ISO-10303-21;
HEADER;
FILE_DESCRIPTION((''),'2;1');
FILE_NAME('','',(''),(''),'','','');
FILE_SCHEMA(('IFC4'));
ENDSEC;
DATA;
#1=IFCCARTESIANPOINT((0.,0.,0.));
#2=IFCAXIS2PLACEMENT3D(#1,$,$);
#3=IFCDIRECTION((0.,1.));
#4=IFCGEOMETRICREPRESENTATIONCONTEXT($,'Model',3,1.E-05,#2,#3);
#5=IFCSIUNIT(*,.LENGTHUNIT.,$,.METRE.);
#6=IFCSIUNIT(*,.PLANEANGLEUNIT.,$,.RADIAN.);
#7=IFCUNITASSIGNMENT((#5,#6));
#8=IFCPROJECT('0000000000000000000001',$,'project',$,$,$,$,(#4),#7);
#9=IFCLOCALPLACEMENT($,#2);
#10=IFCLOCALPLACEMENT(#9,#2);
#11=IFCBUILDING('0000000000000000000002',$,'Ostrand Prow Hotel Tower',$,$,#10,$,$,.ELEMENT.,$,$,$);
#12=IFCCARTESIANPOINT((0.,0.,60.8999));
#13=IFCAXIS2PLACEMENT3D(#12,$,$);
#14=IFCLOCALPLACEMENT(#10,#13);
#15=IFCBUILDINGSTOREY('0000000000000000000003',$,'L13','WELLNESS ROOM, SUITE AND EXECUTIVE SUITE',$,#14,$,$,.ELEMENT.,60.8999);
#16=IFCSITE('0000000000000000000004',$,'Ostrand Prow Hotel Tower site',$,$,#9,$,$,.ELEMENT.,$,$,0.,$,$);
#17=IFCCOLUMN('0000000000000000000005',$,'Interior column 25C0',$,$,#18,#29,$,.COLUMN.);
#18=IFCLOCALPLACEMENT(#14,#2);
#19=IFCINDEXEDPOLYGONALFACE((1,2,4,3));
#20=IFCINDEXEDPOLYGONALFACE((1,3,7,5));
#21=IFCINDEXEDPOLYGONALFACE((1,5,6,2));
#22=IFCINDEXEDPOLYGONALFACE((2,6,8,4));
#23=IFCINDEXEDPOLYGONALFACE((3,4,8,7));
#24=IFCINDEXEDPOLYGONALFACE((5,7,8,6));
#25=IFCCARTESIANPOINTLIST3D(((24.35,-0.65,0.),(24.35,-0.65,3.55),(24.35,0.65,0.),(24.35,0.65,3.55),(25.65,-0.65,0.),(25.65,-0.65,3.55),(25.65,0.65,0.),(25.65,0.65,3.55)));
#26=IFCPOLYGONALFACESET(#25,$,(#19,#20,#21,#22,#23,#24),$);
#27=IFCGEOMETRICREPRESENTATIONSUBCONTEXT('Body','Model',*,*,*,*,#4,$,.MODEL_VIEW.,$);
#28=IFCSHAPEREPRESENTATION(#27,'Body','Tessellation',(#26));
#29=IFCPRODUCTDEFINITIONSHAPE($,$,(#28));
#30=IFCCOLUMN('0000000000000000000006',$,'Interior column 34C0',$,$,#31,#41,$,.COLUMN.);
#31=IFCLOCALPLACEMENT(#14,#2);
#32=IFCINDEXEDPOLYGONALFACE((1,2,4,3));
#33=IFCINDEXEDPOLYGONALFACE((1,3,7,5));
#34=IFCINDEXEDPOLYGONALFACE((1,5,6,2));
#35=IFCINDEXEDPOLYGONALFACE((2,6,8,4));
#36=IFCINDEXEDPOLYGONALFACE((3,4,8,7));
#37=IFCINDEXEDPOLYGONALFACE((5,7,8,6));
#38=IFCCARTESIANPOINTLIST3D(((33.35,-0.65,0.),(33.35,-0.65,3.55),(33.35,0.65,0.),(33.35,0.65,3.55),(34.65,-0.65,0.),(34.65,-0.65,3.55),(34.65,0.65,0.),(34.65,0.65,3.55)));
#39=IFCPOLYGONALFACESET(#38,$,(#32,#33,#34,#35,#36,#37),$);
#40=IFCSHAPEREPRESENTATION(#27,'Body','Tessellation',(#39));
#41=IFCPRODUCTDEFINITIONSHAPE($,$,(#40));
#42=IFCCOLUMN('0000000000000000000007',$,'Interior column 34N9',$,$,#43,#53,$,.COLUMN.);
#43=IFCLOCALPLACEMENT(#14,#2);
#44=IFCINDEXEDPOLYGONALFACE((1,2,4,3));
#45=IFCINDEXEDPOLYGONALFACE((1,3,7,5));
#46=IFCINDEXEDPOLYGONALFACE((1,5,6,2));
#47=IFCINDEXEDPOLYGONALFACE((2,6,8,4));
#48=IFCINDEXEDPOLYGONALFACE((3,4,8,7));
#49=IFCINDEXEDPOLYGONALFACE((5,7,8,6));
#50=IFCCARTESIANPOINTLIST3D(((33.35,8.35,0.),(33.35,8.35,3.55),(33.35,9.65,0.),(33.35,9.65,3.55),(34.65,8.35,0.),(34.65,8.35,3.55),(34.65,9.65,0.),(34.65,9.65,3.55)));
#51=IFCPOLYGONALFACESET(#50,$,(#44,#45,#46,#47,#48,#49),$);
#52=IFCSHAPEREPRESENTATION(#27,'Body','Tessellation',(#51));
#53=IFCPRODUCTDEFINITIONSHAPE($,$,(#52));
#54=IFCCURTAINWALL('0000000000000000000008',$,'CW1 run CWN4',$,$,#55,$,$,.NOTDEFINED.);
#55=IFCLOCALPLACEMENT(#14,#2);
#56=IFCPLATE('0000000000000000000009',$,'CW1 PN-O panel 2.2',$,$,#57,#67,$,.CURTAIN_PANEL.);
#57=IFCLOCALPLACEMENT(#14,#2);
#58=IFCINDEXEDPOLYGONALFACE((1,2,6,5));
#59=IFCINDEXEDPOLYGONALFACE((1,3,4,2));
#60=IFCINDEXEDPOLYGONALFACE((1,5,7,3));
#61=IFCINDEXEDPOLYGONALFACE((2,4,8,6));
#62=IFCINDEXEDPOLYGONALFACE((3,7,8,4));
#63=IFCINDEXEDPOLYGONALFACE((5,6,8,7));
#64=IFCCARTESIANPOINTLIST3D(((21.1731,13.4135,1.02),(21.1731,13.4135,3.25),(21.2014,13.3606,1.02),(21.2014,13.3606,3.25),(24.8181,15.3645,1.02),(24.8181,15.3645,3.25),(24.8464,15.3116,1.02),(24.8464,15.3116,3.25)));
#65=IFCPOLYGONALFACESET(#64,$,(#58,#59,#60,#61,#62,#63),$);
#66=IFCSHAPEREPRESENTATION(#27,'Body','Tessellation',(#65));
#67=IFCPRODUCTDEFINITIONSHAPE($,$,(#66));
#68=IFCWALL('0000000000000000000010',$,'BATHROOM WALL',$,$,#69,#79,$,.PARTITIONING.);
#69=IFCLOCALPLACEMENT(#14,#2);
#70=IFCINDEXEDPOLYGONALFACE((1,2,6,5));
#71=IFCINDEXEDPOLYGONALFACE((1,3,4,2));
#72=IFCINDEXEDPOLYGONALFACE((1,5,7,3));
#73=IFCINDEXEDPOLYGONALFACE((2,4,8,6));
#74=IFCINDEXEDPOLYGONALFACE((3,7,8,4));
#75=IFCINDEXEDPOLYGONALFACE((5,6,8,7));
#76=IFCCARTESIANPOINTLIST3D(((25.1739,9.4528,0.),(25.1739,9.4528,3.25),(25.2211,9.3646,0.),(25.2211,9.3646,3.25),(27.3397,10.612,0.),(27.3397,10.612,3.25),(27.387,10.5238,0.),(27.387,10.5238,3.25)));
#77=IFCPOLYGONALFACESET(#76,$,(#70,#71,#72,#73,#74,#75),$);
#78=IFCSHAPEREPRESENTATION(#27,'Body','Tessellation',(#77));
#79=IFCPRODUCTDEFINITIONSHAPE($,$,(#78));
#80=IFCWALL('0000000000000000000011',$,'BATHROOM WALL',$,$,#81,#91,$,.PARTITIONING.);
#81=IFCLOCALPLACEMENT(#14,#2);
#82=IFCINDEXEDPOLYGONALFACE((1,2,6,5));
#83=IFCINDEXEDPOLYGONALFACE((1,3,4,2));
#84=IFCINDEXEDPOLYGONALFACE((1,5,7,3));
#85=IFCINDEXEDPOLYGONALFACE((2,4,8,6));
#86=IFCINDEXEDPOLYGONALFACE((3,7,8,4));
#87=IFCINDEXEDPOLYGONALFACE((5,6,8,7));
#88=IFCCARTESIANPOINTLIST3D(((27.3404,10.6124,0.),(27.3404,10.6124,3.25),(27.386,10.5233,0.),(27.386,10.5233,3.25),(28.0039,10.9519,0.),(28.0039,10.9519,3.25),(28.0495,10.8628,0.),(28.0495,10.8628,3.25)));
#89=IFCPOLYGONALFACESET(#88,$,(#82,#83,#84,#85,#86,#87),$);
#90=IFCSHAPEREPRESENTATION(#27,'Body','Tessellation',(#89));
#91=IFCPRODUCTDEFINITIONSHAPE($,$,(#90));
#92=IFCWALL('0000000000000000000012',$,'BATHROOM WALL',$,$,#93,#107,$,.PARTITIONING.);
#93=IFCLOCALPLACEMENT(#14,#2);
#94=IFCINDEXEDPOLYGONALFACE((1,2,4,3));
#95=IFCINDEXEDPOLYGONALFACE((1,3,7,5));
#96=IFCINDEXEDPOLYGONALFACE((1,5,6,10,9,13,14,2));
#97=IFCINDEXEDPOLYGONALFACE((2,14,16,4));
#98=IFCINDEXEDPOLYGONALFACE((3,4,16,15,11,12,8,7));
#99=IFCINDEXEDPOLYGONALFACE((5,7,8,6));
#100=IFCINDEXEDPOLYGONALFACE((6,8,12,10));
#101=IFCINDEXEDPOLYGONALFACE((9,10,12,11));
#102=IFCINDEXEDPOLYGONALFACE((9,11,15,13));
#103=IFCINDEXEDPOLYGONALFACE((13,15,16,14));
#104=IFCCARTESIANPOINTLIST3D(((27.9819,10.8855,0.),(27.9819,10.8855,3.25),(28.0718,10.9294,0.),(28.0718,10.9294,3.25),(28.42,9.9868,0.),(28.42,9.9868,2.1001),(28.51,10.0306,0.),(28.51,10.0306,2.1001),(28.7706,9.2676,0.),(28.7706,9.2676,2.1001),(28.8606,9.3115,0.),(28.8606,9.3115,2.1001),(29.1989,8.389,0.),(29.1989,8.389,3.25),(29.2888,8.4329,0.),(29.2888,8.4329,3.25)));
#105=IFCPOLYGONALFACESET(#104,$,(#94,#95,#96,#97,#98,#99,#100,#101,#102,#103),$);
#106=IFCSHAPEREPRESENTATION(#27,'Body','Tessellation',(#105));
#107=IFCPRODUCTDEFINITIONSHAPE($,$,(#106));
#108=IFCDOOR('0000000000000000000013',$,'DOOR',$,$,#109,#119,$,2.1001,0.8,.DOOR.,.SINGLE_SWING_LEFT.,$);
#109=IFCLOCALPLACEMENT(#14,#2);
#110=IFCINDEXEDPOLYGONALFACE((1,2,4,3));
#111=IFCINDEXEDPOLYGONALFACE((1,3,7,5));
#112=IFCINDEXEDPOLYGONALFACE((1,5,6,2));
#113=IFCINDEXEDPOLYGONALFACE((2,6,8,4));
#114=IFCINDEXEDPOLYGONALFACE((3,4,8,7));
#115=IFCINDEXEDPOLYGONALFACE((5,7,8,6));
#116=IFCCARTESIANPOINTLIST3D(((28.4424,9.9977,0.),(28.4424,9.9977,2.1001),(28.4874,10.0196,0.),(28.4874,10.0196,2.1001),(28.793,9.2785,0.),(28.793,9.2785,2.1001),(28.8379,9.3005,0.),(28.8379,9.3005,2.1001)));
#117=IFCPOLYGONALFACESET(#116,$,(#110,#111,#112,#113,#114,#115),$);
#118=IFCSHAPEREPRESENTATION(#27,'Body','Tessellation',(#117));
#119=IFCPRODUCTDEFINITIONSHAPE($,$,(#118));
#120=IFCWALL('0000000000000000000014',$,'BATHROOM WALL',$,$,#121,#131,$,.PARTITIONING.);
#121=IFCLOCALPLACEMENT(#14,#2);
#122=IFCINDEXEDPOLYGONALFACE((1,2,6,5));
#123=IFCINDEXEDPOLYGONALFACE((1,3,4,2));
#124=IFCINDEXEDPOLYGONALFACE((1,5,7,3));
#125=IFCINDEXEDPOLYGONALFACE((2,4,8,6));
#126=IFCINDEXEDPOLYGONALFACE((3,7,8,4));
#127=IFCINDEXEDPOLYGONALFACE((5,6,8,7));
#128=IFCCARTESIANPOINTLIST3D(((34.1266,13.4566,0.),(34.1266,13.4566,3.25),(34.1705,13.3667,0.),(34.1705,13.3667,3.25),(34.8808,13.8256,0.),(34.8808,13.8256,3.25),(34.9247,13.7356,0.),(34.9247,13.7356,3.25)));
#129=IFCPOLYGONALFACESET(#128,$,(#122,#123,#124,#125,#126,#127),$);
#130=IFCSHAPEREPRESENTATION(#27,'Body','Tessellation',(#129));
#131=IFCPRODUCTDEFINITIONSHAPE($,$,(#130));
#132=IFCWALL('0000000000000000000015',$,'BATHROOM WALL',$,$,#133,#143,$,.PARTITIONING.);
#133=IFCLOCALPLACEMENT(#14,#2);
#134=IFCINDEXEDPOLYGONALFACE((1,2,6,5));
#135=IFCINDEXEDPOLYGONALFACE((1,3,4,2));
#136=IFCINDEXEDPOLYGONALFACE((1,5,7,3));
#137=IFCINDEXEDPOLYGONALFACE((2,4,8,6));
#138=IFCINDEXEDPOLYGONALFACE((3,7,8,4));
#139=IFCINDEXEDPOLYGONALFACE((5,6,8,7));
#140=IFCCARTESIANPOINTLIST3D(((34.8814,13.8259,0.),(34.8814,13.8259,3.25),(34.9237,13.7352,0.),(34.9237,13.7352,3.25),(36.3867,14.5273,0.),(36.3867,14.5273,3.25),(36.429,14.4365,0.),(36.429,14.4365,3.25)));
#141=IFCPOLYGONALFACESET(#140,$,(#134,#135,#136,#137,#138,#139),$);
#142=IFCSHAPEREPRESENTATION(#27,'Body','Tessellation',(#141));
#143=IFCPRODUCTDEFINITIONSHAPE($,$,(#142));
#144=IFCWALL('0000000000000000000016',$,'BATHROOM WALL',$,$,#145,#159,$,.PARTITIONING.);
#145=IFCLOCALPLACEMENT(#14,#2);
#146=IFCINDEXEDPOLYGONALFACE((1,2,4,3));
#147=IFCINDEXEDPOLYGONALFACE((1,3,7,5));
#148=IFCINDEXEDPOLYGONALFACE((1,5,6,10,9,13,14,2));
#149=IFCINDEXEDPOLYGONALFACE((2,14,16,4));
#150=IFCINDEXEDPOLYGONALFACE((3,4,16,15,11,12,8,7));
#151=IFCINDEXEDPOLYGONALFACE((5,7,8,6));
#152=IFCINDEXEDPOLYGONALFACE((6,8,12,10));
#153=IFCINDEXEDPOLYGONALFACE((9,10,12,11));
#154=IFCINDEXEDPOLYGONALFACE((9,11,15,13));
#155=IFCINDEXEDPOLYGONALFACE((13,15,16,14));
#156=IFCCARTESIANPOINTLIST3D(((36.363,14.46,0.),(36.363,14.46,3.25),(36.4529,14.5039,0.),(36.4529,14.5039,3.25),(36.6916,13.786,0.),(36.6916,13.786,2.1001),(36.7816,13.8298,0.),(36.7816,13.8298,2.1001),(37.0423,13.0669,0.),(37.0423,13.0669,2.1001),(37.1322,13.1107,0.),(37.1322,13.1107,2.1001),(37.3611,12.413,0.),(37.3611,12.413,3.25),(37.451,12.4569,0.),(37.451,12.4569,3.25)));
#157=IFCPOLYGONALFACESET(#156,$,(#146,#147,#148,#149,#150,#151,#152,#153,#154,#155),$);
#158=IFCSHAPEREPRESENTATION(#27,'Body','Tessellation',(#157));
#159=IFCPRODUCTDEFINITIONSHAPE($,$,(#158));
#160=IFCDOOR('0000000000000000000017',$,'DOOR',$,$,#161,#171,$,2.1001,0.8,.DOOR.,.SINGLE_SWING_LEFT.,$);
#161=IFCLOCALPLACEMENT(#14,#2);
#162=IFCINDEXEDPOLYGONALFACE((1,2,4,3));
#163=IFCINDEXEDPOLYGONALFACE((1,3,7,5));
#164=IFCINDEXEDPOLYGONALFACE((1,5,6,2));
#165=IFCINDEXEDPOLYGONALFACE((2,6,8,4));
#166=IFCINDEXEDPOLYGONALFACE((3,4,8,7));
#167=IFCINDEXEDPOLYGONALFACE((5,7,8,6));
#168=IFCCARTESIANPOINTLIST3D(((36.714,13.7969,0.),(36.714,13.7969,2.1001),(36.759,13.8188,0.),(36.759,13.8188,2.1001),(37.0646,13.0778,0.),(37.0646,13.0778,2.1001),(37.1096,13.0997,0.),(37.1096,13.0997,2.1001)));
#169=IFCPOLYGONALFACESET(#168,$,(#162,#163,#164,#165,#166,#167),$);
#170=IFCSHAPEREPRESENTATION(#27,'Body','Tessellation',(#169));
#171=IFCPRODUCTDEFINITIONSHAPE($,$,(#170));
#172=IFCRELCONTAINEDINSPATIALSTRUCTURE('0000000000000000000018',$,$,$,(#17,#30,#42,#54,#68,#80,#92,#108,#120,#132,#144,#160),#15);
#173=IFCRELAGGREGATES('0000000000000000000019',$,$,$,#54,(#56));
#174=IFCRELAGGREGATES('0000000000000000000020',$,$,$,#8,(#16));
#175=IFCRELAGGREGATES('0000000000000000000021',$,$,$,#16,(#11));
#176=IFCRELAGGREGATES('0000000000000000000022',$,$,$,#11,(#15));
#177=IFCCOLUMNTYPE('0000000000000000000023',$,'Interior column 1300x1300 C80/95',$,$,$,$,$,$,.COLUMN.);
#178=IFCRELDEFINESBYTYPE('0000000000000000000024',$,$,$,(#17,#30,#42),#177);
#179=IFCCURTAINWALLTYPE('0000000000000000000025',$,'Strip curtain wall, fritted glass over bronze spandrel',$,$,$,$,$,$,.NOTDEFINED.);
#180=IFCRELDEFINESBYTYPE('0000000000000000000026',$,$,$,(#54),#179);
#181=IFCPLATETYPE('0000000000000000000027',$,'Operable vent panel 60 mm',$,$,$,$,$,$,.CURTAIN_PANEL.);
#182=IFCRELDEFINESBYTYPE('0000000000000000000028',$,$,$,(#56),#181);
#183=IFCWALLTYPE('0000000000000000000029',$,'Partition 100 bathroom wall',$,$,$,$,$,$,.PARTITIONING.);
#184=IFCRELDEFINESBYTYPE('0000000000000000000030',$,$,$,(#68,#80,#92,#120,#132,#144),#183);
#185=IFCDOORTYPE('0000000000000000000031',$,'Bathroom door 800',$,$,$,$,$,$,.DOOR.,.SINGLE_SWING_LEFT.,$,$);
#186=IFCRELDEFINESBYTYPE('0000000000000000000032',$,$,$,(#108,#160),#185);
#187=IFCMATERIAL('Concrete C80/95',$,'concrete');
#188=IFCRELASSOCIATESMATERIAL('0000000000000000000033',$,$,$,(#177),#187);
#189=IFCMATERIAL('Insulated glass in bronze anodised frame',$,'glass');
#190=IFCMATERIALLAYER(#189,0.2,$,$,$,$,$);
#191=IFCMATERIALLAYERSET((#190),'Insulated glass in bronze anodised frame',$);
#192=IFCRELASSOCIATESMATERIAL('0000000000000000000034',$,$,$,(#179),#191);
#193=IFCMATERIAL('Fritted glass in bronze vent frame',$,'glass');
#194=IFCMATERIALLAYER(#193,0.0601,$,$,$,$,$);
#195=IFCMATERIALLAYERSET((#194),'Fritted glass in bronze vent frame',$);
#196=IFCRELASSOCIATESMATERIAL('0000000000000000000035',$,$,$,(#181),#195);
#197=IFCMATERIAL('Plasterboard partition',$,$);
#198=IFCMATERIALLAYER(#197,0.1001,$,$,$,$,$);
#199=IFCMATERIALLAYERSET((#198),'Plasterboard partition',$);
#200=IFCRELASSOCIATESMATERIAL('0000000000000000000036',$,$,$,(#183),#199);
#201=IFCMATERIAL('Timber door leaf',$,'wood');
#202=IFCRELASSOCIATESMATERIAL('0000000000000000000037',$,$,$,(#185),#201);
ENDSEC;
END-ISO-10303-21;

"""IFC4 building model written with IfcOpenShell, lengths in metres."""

from ifc_helpers import new_model, si_unit, direction, frame, frame_2d, origin, origin_2d, place, context, subcontext, project, spatial, rectangle, extrude, material, layer, layer_set, material_profile, profile_set, type_object, element, fill, aggregate, save


model = new_model("IFC4")

# Units and contexts
model_context = context("Model", 3, precision=1e-05, world=origin(), true_north=direction((0.0, 1.0)))
body_context = subcontext(model_context, "Body", "Model", "MODEL_VIEW")
ifc_project = project(units=[si_unit("LENGTHUNIT", "METRE"), si_unit("PLANEANGLEUNIT", "RADIAN")], contexts=[model_context])

# Site, building, storey
site_placement = place(None, origin())
site = spatial("IfcSite", under=ifc_project, at=site_placement, Name="Ostrand Prow Hotel Tower site", CompositionType="ELEMENT", RefElevation=0.0)
building_placement = place(site_placement, origin())
building = spatial("IfcBuilding", under=site, at=building_placement, Name="Ostrand Prow Hotel Tower", CompositionType="ELEMENT")
storey_placement = place(building_placement, frame((0.0, 0.0, 60.8999)))
storey = spatial("IfcBuildingStorey", under=building, at=storey_placement, Name="L13", Description="WELLNESS ROOM, SUITE AND EXECUTIVE SUITE", CompositionType="ELEMENT", Elevation=60.8999)

# Columns
ifc_material_1 = material(Name="Concrete C80/95", Category="concrete")
ifc_material_profile = material_profile(ifc_material_1, rectangle(XDim=1.3, YDim=1.3, at=origin_2d()), Name="RC 1300x1300")
ifc_profile_set = profile_set([ifc_material_profile], Name="Concrete C80/95")
column_type = type_object("IfcColumnType", Name="Interior column 1300x1300 C80/95", PredefinedType="COLUMN", material=ifc_profile_set)
for number, where, z_axis, x_axis, name in (
    (1, (25.0, 0.0, 0.0), (0.0, 0.0, 1.0), (1.0, 0.0, 0.0), "Interior column 25C0"),
    (2, (34.0, 0.0, 0.0), (0.0, 0.0, 1.0), (1.0, 0.0, 0.0), "Interior column 34C0"),
    (3, (34.0, 9.0, 0.0), (0.0, 0.0, 1.0), (1.0, 0.0, 0.0), "Interior column 34N9"),
):
    element("IfcColumn", number, at=place(storey_placement, frame(where, z_axis=z_axis, x_axis=x_axis)), inside=storey, type_object=column_type, Name=name, PredefinedType="COLUMN", context=body_context, shape_type="SweptSolid", body=[
        extrude(rectangle(XDim=1.3, YDim=1.3, at=origin_2d()), origin(), (0.0, 0.0, 1.0), 3.55),
    ])

# Curtain wall, plate
ifc_material_2 = material(Name="Insulated glass in bronze anodised frame", Category="glass")
ifc_layer_1 = layer(ifc_material_2, 0.2)
ifc_layer_set_1 = layer_set([ifc_layer_1], Name="Insulated glass in bronze anodised frame")
curtain_wall_type = type_object("IfcCurtainWallType", Name="Strip curtain wall, fritted glass over bronze spandrel", PredefinedType="NOTDEFINED", material=ifc_layer_set_1)
curtain_wall_placement = place(storey_placement, origin())
curtain_wall = element("IfcCurtainWall", 4, at=curtain_wall_placement, inside=storey, type_object=curtain_wall_type, Name="CW1 run CWN4", PredefinedType="NOTDEFINED")
ifc_material_3 = material(Name="Fritted glass in bronze vent frame", Category="glass")
ifc_layer_2 = layer(ifc_material_3, 0.0601)
ifc_layer_set_2 = layer_set([ifc_layer_2], Name="Fritted glass in bronze vent frame")
plate_type = type_object("IfcPlateType", Name="Operable vent panel 60 mm", PredefinedType="CURTAIN_PANEL", material=ifc_layer_set_2)
plate_placement = place(storey_placement, frame((23.0098, 14.3625, 1.02), z_axis=(0.0, 0.0, 1.0), x_axis=(-0.881652, -0.4719, 0.0)))
plate = element("IfcPlate", 5, at=plate_placement, type_object=plate_type, Name="CW1 PN-O panel 2.2", PredefinedType="CURTAIN_PANEL", context=body_context, shape_type="SweptSolid", body=[
    extrude(rectangle(XDim=4.1343, YDim=0.0601, at=origin_2d()), origin(), (0.0, 0.0, 1.0), 2.23),
])
aggregate(curtain_wall, [plate])

# Walls
ifc_material_4 = material(Name="Plasterboard partition")
ifc_layer_3 = layer(ifc_material_4, 0.1001)
ifc_layer_set_3 = layer_set([ifc_layer_3], Name="Plasterboard partition")
wall_type_1 = type_object("IfcWallType", Name="Partition 100 bathroom wall", PredefinedType="PARTITIONING", material=ifc_layer_set_3)
wall_1_placement = place(storey_placement, frame((25.1975, 9.4087, 0.0), z_axis=(0.0, 0.0, 1.0), x_axis=(0.881659, 0.471888, 0.0)))
element("IfcWall", 6, at=wall_1_placement, inside=storey, type_object=wall_type_1, Name="BATHROOM WALL", PredefinedType="PARTITIONING", context=body_context, shape_type="SweptSolid", body=[
    extrude(rectangle(XDim=2.4565, YDim=0.1001, at=frame_2d((1.2283, 0.0))), origin(), (0.0, 0.0, 1.0), 3.25),
])
wall_2_placement = place(storey_placement, frame((27.3633, 10.5679, 0.0), z_axis=(0.0, 0.0, 1.0), x_axis=(0.890196, 0.455578, 0.0)))
element("IfcWall", 7, at=wall_2_placement, inside=storey, type_object=wall_type_1, Name="BATHROOM WALL", PredefinedType="PARTITIONING", context=body_context, shape_type="SweptSolid", body=[
    extrude(rectangle(XDim=0.7454, YDim=0.1001, at=frame_2d((0.3726, 0.0))), origin(), (0.0, 0.0, 1.0), 3.25),
])

# Wall, opening, door
wall_3_placement = place(storey_placement, frame((28.0269, 10.9075, 0.0), z_axis=(0.0, 0.0, 1.0), x_axis=(0.43819, -0.898882, 0.0)))
wall_3 = element("IfcWall", 8, at=wall_3_placement, inside=storey, type_object=wall_type_1, Name="BATHROOM WALL", PredefinedType="PARTITIONING", context=body_context, shape_type="SweptSolid", body=[
    extrude(rectangle(XDim=2.7773, YDim=0.1001, at=frame_2d((1.3887, 0.0))), origin(), (0.0, 0.0, 1.0), 3.25),
])
opening_1_placement = place(wall_3_placement, frame((1.0, 0.0, 0.0)))
opening_1 = element("IfcOpeningElement", 9, at=opening_1_placement, cuts=wall_3, PredefinedType="OPENING", context=body_context, shape_type="SweptSolid", body=[
    extrude(rectangle(XDim=0.8, YDim=2.1001, at=frame_2d((0.3999, 1.05))), frame((0.0, 0.0601, 0.0), z_axis=(0.0, -1.0, 0.0), x_axis=(1.0, 0.0, 0.0)), (0.0, 0.0, 1.0), 0.1201),
])
ifc_material_5 = material(Name="Timber door leaf", Category="wood")
door_type_1 = type_object("IfcDoorType", Name="Bathroom door 800", OperationType="SINGLE_SWING_LEFT", PredefinedType="DOOR", material=ifc_material_5)
door_1_placement = place(opening_1_placement, origin())
door_1 = element("IfcDoor", 10, at=door_1_placement, inside=storey, type_object=door_type_1, Name="DOOR", OperationType="SINGLE_SWING_LEFT", OverallHeight=2.1001, OverallWidth=0.8, PredefinedType="DOOR", context=body_context, shape_type="SweptSolid", body=[
    extrude(rectangle(XDim=0.8, YDim=2.1001, at=frame_2d((0.3999, 1.05))), frame((0.0, 0.0249, 0.0), z_axis=(0.0, -1.0, 0.0), x_axis=(1.0, 0.0, 0.0)), (0.0, 0.0, 1.0), 0.05),
])
fill(opening_1, door_1)

# Walls
wall_4_placement = place(storey_placement, frame((34.1484, 13.4116, 0.0), z_axis=(0.0, 0.0, 1.0), x_axis=(0.89829, 0.439403, 0.0)))
element("IfcWall", 11, at=wall_4_placement, inside=storey, type_object=wall_type_1, Name="BATHROOM WALL", PredefinedType="PARTITIONING", context=body_context, shape_type="SweptSolid", body=[
    extrude(rectangle(XDim=0.8396, YDim=0.1001, at=frame_2d((0.4199, 0.0))), origin(), (0.0, 0.0, 1.0), 3.25),
])
wall_5_placement = place(storey_placement, frame((34.9026, 13.7805, 0.0), z_axis=(0.0, 0.0, 1.0), x_axis=(0.906435, 0.422346, 0.0)))
element("IfcWall", 12, at=wall_5_placement, inside=storey, type_object=wall_type_1, Name="BATHROOM WALL", PredefinedType="PARTITIONING", context=body_context, shape_type="SweptSolid", body=[
    extrude(rectangle(XDim=1.6606, YDim=0.1001, at=frame_2d((0.8303, 0.0))), origin(), (0.0, 0.0, 1.0), 3.25),
])

# Wall, opening, door
wall_6_placement = place(storey_placement, frame((36.408, 14.4819, 0.0), z_axis=(0.0, 0.0, 1.0), x_axis=(0.438272, -0.898843, 0.0)))
wall_6 = element("IfcWall", 13, at=wall_6_placement, inside=storey, type_object=wall_type_1, Name="BATHROOM WALL", PredefinedType="PARTITIONING", context=body_context, shape_type="SweptSolid", body=[
    extrude(rectangle(XDim=2.2773, YDim=0.1001, at=frame_2d((1.1387, 0.0))), origin(), (0.0, 0.0, 1.0), 3.25),
])
opening_2_placement = place(wall_6_placement, frame((0.75, 0.0, 0.0)))
opening_2 = element("IfcOpeningElement", 14, at=opening_2_placement, cuts=wall_6, PredefinedType="OPENING", context=body_context, shape_type="SweptSolid", body=[
    extrude(rectangle(XDim=0.8, YDim=2.1001, at=frame_2d((0.3999, 1.05))), frame((0.0, 0.0601, 0.0), z_axis=(0.0, -1.0, 0.0), x_axis=(1.0, 0.0, 0.0)), (0.0, 0.0, 1.0), 0.1201),
])
door_2_placement = place(opening_2_placement, origin())
door_2 = element("IfcDoor", 15, at=door_2_placement, inside=storey, type_object=door_type_1, Name="DOOR", OperationType="SINGLE_SWING_LEFT", OverallHeight=2.1001, OverallWidth=0.8, PredefinedType="DOOR", context=body_context, shape_type="SweptSolid", body=[
    extrude(rectangle(XDim=0.8, YDim=2.1001, at=frame_2d((0.3999, 1.05))), frame((0.0, 0.0249, 0.0), z_axis=(0.0, -1.0, 0.0), x_axis=(1.0, 0.0, 0.0)), (0.0, 0.0, 1.0), 0.05),
])
fill(opening_2, door_2)

save(model, "model.ifc")
